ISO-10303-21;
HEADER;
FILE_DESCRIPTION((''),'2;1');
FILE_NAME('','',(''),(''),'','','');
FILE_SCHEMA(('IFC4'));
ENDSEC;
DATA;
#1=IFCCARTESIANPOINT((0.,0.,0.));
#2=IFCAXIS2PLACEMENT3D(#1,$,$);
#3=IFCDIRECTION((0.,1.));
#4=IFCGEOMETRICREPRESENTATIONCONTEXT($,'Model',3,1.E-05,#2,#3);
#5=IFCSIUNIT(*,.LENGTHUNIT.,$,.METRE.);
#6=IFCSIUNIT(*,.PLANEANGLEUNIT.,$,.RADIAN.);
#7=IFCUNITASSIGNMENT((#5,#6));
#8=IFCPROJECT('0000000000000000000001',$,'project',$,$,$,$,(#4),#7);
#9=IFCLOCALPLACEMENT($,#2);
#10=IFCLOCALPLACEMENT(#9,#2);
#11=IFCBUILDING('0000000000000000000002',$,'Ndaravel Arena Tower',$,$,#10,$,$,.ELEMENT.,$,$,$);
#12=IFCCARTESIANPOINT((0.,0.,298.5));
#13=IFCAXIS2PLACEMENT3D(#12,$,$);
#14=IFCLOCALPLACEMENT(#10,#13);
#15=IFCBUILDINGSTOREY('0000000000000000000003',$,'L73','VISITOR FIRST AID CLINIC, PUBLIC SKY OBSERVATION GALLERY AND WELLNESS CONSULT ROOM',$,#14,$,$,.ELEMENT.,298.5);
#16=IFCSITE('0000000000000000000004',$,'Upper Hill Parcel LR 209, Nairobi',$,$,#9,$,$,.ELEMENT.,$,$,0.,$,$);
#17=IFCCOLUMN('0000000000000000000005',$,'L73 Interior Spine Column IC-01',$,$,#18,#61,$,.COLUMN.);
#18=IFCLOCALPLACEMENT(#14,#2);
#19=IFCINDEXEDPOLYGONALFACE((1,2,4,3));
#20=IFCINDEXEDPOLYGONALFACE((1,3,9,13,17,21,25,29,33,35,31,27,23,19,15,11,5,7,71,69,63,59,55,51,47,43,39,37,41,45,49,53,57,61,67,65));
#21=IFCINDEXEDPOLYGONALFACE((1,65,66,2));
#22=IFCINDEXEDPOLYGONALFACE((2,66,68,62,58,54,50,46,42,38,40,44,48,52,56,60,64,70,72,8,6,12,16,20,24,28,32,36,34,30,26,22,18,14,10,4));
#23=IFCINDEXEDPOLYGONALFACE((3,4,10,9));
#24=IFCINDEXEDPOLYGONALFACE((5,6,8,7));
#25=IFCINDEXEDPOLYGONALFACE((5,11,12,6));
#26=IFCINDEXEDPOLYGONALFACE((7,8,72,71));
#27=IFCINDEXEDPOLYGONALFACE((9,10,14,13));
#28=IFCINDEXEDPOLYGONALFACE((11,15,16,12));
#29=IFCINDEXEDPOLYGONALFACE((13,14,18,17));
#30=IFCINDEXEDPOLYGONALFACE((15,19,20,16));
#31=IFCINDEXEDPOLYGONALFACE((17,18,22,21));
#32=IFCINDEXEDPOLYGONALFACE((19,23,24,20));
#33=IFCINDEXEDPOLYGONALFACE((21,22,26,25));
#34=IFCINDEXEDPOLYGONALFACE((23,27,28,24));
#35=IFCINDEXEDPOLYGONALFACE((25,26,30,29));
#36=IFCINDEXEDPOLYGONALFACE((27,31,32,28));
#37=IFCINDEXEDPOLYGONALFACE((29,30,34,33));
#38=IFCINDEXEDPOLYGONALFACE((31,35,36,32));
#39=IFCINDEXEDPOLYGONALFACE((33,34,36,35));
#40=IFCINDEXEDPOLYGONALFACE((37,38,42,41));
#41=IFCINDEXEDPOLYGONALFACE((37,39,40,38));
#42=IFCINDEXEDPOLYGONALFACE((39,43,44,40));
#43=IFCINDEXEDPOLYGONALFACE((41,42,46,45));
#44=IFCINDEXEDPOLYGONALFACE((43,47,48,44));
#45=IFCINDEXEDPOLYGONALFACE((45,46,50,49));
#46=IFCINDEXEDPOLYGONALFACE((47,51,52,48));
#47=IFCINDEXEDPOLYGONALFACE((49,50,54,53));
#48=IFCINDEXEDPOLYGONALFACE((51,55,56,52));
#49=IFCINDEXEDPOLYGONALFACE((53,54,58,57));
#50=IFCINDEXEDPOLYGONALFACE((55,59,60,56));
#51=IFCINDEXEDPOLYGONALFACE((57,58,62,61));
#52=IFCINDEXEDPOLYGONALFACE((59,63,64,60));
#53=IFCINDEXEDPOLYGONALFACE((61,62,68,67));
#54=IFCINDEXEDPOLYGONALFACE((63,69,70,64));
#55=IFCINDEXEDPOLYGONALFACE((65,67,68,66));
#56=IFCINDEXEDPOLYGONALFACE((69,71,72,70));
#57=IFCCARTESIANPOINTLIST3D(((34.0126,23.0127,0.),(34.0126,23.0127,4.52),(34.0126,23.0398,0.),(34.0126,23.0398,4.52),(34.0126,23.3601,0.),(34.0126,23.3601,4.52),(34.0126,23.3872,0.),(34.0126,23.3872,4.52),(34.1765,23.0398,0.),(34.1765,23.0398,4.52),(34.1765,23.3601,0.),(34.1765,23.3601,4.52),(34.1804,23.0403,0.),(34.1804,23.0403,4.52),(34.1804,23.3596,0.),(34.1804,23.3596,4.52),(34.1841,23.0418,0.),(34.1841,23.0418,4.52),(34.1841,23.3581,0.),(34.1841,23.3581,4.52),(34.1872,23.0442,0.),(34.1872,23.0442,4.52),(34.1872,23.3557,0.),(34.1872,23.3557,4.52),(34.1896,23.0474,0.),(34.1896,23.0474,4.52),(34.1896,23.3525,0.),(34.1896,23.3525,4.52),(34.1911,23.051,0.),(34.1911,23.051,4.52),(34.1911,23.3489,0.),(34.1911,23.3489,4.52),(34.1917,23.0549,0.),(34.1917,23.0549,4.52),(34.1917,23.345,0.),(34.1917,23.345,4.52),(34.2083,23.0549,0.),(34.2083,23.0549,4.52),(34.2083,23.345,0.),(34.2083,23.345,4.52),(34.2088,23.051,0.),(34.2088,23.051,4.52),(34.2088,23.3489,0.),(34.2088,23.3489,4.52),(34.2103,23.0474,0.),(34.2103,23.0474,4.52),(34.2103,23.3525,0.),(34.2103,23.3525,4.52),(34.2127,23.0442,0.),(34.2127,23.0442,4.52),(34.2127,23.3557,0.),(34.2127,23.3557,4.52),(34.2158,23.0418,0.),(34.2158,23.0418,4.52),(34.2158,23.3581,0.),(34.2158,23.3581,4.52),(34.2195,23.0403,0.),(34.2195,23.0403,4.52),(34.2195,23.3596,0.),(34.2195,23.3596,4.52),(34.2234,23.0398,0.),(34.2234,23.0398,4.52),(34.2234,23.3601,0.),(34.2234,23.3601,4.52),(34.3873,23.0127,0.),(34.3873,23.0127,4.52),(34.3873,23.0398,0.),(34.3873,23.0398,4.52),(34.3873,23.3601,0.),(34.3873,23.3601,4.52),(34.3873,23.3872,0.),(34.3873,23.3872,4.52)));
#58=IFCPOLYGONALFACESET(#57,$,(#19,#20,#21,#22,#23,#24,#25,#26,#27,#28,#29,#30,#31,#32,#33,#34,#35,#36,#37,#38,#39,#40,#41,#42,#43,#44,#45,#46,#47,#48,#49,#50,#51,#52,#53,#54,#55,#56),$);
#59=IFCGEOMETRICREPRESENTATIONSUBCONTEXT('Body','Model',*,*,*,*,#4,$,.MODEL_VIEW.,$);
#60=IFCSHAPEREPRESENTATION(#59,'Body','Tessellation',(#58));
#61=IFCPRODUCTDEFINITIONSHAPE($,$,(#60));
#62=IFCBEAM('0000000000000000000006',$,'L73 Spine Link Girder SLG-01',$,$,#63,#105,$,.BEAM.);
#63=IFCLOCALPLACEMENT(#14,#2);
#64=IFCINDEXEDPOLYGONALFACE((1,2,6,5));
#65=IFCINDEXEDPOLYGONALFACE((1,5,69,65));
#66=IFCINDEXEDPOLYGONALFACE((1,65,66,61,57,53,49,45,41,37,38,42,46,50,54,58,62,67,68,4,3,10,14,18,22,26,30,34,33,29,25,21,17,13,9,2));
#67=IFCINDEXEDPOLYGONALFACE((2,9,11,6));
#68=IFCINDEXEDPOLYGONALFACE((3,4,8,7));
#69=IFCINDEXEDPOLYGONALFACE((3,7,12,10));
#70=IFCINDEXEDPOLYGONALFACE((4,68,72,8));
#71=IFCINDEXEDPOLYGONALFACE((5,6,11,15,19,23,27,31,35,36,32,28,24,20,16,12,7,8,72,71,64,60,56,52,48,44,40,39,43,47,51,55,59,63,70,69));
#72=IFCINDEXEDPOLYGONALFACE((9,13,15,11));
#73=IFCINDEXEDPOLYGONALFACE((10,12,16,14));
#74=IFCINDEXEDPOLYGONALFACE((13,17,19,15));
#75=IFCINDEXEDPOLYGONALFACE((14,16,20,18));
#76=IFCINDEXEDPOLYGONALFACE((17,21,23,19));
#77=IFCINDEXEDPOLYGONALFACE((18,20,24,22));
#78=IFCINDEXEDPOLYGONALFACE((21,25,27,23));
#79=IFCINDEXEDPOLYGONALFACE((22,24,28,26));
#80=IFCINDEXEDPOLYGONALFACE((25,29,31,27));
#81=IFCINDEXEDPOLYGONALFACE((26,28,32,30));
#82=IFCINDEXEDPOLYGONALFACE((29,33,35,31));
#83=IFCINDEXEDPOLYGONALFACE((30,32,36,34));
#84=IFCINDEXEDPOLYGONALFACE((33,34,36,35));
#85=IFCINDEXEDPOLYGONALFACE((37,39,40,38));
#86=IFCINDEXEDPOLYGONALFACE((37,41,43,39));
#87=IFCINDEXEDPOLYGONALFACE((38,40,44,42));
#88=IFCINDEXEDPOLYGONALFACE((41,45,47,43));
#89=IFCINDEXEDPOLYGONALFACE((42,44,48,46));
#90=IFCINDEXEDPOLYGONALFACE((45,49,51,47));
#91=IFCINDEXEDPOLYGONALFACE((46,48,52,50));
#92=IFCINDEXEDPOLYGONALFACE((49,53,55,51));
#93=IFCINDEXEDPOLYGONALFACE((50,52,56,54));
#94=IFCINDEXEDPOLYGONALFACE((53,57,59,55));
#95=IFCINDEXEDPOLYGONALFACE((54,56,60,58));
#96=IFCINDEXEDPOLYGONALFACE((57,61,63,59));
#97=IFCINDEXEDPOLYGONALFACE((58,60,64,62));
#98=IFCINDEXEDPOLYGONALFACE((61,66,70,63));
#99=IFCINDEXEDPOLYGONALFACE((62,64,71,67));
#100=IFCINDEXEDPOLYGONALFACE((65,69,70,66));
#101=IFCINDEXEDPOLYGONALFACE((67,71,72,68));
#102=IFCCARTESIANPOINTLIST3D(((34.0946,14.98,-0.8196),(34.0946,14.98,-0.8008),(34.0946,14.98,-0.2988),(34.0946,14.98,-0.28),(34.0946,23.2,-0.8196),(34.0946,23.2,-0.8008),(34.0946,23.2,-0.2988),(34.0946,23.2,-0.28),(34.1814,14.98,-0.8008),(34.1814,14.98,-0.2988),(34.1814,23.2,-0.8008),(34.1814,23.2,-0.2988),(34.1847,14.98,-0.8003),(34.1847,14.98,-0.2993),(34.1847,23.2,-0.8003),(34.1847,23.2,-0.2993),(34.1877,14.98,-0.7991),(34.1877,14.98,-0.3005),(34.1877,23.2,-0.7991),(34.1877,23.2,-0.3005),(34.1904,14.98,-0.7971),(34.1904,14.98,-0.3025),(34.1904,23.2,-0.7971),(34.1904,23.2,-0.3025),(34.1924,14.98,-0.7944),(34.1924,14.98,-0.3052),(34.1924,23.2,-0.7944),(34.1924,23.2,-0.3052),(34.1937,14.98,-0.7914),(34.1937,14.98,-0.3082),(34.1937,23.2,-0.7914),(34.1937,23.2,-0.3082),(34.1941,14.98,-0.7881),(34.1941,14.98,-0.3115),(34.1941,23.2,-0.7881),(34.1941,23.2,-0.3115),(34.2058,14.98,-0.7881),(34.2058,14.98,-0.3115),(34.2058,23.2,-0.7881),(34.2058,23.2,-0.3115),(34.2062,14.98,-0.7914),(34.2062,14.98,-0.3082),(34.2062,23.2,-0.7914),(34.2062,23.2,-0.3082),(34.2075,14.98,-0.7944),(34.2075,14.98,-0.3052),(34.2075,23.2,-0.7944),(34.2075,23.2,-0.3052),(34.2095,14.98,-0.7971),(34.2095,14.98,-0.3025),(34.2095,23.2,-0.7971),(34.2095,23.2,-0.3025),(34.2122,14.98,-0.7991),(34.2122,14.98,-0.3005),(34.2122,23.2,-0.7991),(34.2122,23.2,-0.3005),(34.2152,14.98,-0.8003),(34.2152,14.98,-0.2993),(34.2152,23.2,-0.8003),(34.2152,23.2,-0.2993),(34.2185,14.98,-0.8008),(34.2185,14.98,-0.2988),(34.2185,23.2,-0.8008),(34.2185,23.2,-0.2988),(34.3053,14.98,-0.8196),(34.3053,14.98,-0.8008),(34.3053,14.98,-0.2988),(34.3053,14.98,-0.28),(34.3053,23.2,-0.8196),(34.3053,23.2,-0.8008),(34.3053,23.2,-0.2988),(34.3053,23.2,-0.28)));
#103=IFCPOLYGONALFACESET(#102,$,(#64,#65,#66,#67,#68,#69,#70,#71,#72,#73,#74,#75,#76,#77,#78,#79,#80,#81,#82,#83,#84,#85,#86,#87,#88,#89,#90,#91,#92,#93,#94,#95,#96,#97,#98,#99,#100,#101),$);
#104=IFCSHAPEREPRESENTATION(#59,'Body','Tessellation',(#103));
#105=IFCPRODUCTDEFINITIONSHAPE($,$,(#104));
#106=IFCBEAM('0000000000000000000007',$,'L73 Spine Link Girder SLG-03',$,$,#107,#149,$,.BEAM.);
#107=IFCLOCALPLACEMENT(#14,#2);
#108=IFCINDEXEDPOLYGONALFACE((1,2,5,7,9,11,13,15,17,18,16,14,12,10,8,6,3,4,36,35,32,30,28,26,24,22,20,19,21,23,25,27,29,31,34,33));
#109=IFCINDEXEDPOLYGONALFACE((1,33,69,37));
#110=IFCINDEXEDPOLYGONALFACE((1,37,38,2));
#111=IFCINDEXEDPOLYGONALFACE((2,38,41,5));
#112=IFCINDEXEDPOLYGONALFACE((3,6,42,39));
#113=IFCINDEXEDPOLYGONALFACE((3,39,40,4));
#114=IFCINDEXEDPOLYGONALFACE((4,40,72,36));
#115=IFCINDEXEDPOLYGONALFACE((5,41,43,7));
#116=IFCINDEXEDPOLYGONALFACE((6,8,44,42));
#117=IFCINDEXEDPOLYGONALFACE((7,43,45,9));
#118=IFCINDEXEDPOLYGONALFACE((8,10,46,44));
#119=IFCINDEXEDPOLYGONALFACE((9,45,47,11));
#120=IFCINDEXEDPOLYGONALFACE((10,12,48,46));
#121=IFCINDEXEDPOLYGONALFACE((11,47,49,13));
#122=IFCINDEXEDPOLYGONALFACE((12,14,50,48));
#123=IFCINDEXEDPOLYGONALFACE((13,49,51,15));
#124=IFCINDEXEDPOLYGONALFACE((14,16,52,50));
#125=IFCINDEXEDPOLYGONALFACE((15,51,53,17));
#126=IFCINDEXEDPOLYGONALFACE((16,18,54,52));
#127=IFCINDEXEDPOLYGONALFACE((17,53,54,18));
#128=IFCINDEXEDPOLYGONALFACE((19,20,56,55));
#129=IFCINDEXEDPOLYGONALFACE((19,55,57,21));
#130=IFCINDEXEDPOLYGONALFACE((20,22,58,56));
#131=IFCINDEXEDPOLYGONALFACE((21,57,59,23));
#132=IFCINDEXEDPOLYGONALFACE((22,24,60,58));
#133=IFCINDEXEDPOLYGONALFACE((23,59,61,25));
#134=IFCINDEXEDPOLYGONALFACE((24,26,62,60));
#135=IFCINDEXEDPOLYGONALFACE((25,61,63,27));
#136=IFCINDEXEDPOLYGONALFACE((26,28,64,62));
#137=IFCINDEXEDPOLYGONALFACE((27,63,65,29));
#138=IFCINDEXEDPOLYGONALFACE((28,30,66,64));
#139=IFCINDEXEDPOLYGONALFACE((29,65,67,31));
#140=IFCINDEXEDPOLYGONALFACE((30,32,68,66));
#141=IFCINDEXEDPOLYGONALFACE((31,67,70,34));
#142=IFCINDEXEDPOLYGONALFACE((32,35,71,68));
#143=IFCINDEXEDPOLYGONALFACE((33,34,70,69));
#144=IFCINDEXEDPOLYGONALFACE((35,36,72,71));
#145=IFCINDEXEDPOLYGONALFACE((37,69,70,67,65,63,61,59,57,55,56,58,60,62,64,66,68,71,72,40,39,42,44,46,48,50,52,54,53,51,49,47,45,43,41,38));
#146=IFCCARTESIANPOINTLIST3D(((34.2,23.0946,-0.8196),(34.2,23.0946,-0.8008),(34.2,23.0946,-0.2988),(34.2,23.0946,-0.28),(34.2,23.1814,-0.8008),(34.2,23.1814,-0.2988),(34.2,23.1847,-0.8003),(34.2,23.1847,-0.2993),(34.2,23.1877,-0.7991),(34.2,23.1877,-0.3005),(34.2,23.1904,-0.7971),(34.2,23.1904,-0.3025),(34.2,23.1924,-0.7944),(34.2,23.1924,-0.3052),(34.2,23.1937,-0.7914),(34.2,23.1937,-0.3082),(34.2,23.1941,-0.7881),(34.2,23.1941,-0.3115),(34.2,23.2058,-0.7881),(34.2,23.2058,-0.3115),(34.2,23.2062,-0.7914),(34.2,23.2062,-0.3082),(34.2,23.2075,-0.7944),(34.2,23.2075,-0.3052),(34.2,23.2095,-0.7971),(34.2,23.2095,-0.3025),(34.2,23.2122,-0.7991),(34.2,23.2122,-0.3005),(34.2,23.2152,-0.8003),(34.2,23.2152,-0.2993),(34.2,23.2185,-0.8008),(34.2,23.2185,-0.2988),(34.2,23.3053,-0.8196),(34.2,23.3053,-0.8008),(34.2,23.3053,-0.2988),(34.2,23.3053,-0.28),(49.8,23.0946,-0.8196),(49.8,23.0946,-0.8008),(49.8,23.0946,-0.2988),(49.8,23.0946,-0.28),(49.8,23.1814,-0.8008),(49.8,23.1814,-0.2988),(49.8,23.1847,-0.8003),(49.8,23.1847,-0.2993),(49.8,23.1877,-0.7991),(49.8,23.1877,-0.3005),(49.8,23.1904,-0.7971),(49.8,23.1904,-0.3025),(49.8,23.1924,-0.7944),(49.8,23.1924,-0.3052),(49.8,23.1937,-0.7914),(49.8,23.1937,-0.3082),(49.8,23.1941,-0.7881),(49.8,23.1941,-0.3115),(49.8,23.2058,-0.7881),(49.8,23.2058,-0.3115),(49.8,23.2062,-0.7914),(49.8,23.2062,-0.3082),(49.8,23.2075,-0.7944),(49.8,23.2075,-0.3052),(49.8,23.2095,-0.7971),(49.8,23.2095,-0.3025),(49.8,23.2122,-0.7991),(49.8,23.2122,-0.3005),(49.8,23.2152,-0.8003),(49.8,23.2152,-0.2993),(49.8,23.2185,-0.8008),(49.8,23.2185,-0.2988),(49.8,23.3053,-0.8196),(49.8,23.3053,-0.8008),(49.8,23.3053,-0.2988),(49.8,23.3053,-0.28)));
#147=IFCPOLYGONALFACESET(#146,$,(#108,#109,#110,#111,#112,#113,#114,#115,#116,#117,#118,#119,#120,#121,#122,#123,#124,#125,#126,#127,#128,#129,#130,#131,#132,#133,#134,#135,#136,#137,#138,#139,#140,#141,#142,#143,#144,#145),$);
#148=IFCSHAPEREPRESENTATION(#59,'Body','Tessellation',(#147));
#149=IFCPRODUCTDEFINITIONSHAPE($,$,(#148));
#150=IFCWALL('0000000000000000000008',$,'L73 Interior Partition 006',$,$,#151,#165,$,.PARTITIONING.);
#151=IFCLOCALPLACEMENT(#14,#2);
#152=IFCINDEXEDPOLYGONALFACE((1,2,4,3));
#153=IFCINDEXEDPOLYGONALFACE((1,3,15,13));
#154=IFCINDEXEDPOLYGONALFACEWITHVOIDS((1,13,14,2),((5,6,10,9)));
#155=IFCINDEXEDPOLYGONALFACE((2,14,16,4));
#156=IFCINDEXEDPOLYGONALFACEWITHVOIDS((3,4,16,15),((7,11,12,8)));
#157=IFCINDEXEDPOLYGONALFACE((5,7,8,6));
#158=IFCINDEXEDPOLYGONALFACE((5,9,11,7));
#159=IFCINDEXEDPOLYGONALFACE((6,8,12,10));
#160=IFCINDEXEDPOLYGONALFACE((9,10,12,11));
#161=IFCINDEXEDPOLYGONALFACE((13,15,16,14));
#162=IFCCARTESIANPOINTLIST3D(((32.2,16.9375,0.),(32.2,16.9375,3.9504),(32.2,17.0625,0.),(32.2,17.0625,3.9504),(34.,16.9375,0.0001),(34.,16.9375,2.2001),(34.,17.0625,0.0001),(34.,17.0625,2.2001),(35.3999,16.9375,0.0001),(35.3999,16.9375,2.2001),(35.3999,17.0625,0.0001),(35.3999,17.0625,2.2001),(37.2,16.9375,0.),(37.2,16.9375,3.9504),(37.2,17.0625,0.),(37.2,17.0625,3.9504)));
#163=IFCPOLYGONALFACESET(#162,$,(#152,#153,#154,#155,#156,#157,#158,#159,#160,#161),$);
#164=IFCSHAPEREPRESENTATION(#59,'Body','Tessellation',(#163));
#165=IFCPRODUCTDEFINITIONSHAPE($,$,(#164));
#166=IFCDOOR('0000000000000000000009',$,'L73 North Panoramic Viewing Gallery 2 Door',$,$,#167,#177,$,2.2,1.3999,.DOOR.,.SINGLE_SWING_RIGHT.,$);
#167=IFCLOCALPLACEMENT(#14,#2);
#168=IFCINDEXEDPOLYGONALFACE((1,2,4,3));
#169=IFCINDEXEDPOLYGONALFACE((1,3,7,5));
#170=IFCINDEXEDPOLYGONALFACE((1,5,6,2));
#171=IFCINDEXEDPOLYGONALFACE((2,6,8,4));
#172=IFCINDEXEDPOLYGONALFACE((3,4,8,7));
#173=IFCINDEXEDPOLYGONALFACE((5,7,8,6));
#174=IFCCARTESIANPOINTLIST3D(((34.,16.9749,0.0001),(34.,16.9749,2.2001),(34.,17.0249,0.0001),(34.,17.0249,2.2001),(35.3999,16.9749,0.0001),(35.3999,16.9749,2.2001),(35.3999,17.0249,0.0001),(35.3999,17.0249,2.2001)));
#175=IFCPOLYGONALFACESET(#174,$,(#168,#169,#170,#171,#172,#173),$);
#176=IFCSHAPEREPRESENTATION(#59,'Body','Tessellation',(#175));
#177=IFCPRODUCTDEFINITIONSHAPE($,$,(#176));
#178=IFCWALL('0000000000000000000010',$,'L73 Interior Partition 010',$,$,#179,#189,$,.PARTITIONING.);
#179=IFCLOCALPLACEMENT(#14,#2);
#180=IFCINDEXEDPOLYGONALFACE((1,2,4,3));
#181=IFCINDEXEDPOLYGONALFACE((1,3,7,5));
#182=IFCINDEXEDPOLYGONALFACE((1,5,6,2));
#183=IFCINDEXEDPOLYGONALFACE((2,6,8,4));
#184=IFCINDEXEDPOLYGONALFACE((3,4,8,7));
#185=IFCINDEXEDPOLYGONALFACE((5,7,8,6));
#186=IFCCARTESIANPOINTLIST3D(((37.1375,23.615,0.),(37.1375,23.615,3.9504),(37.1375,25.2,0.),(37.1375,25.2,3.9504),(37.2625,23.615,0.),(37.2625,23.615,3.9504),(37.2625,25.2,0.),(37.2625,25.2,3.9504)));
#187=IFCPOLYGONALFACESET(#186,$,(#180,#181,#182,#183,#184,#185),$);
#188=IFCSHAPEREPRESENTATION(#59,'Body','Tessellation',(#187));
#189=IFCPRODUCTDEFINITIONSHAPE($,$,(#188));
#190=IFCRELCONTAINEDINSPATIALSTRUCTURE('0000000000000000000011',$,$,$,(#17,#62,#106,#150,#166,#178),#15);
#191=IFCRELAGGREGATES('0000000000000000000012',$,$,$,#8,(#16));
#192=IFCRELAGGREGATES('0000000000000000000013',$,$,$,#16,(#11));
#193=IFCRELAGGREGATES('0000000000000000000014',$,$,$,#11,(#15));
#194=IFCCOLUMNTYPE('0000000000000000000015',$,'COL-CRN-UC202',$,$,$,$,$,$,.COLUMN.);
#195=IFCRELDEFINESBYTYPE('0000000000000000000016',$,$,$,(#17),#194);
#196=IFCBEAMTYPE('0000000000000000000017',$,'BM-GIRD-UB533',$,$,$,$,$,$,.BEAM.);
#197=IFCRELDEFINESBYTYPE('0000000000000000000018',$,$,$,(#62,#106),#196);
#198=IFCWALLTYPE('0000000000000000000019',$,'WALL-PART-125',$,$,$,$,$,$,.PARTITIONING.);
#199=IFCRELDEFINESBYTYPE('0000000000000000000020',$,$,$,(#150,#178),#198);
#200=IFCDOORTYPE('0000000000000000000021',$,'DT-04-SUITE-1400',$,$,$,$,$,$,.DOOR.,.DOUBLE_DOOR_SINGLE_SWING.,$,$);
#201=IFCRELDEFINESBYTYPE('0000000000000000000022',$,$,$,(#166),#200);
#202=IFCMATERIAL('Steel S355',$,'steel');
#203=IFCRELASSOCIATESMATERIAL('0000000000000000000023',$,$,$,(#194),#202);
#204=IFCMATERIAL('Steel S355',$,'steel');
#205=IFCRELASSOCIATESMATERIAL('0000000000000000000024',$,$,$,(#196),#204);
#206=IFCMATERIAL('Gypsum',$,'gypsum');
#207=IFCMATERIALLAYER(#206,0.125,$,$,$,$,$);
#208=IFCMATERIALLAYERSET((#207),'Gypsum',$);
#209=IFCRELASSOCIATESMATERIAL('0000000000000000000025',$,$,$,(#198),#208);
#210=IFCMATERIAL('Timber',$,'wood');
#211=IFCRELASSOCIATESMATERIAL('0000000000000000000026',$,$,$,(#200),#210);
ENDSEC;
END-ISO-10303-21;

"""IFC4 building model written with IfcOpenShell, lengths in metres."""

from ifc_helpers import new_model, si_unit, direction, frame, frame_2d, origin, origin_2d, place, context, subcontext, project, spatial, rectangle, i_section, extrude, material, layer, layer_set, material_profile, profile_set, type_object, element, fill, save


model = new_model("IFC4")

# Units and contexts
model_context = context("Model", 3, precision=1e-05, world=origin(), true_north=direction((0.0, 1.0)))
body_context = subcontext(model_context, "Body", "Model", "MODEL_VIEW")
ifc_project = project(units=[si_unit("LENGTHUNIT", "METRE"), si_unit("PLANEANGLEUNIT", "RADIAN")], contexts=[model_context])

# Site, building, storey
site_placement = place(None, origin())
site = spatial("IfcSite", under=ifc_project, at=site_placement, Name="Upper Hill Parcel LR 209, Nairobi", CompositionType="ELEMENT", RefElevation=0.0)
building_placement = place(site_placement, origin())
building = spatial("IfcBuilding", under=site, at=building_placement, Name="Ndaravel Arena Tower", CompositionType="ELEMENT")
storey_placement = place(building_placement, frame((0.0, 0.0, 298.5)))
storey = spatial("IfcBuildingStorey", under=building, at=storey_placement, Name="L73", Description="VISITOR FIRST AID CLINIC, PUBLIC SKY OBSERVATION GALLERY AND WELLNESS CONSULT ROOM", CompositionType="ELEMENT", Elevation=298.5)

# Column
ifc_material_1 = material(Name="Steel S355", Category="steel")
ifc_material_profile_1 = material_profile(ifc_material_1, i_section(OverallWidth=0.3748, OverallDepth=0.3745, WebThickness=0.0166, FlangeThickness=0.0271, FilletRadius=0.0151, at=origin_2d()), Name="UC 356x368x202")
ifc_profile_set_1 = profile_set([ifc_material_profile_1], Name="Steel S355")
column_type = type_object("IfcColumnType", Name="COL-CRN-UC202", PredefinedType="COLUMN", material=ifc_profile_set_1)
column_placement = place(storey_placement, frame((34.2, 23.2, 0.0), z_axis=(0.0, 0.0, 1.0), x_axis=(1.0, 0.0, 0.0)))
element("IfcColumn", 1, at=column_placement, inside=storey, type_object=column_type, Name="L73 Interior Spine Column IC-01", PredefinedType="COLUMN", context=body_context, shape_type="SweptSolid", body=[
    extrude(i_section(OverallWidth=0.3748, OverallDepth=0.3745, WebThickness=0.0166, FlangeThickness=0.0271, FilletRadius=0.0151, at=origin_2d()), origin(), (0.0, 0.0, 1.0), 4.52),
])

# Beams
ifc_material_2 = material(Name="Steel S355", Category="steel")
ifc_material_profile_2 = material_profile(ifc_material_2, i_section(OverallWidth=0.2107, OverallDepth=0.5396, WebThickness=0.0117, FlangeThickness=0.0188, FilletRadius=0.0127, at=origin_2d()), Name="UB 533x210x109")
ifc_profile_set_2 = profile_set([ifc_material_profile_2], Name="Steel S355")
beam_type = type_object("IfcBeamType", Name="BM-GIRD-UB533", PredefinedType="BEAM", material=ifc_profile_set_2)
beam_1_placement = place(storey_placement, frame((34.2, 14.98, -0.5498), z_axis=(0.0, 1.0, 0.0), x_axis=(-1.0, 0.0, 0.0)))
element("IfcBeam", 2, at=beam_1_placement, inside=storey, type_object=beam_type, Name="L73 Spine Link Girder SLG-01", PredefinedType="BEAM", context=body_context, shape_type="SweptSolid", body=[
    extrude(i_section(OverallWidth=0.2107, OverallDepth=0.5396, WebThickness=0.0117, FlangeThickness=0.0188, FilletRadius=0.0127, at=origin_2d()), origin(), (0.0, 0.0, 1.0), 8.22),
])
beam_2_placement = place(storey_placement, frame((34.2, 23.2, -0.5498), z_axis=(1.0, 0.0, 0.0), x_axis=(0.0, 1.0, 0.0)))
element("IfcBeam", 3, at=beam_2_placement, inside=storey, type_object=beam_type, Name="L73 Spine Link Girder SLG-03", PredefinedType="BEAM", context=body_context, shape_type="SweptSolid", body=[
    extrude(i_section(OverallWidth=0.2107, OverallDepth=0.5396, WebThickness=0.0117, FlangeThickness=0.0188, FilletRadius=0.0127, at=origin_2d()), origin(), (0.0, 0.0, 1.0), 15.6001),
])

# Wall, opening, door
ifc_material_3 = material(Name="Gypsum", Category="gypsum")
ifc_layer_1 = layer(ifc_material_3, 0.125)
ifc_layer_set_1 = layer_set([ifc_layer_1], Name="Gypsum")
wall_type_1 = type_object("IfcWallType", Name="WALL-PART-125", PredefinedType="PARTITIONING", material=ifc_layer_set_1)
wall_1_placement = place(storey_placement, frame((32.2, 17.0, 0.0), z_axis=(0.0, 0.0, 1.0), x_axis=(1.0, 0.0, 0.0)))
wall_1 = element("IfcWall", 4, at=wall_1_placement, inside=storey, type_object=wall_type_1, Name="L73 Interior Partition 006", PredefinedType="PARTITIONING", context=body_context, shape_type="SweptSolid", body=[
    extrude(rectangle(XDim=5.0, YDim=0.125, at=frame_2d((2.5, 0.0))), origin(), (0.0, 0.0, 1.0), 3.9504),
])
opening_1_placement = place(wall_1_placement, frame((1.8, 0.0, 0.0)))
opening_1 = element("IfcOpeningElement", 5, at=opening_1_placement, cuts=wall_1, PredefinedType="OPENING", context=body_context, shape_type="SweptSolid", body=[
    extrude(rectangle(XDim=1.3999, YDim=2.2, at=frame_2d((0.7, 1.1001))), frame((0.0, 0.0625, 0.0), z_axis=(0.0, -1.0, 0.0), x_axis=(1.0, 0.0, 0.0)), (0.0, 0.0, 1.0), 0.125),
])
ifc_material_4 = material(Name="Timber", Category="wood")
door_type_1 = type_object("IfcDoorType", Name="DT-04-SUITE-1400", OperationType="DOUBLE_DOOR_SINGLE_SWING", PredefinedType="DOOR", material=ifc_material_4)
door_1_placement = place(opening_1_placement, origin())
door_1 = element("IfcDoor", 6, at=door_1_placement, inside=storey, type_object=door_type_1, Name="L73 North Panoramic Viewing Gallery 2 Door", OperationType="SINGLE_SWING_RIGHT", OverallHeight=2.2, OverallWidth=1.3999, PredefinedType="DOOR", context=body_context, shape_type="SweptSolid", body=[
    extrude(rectangle(XDim=1.3999, YDim=2.2, at=frame_2d((0.7, 1.1001))), frame((0.0, 0.0249, 0.0), z_axis=(0.0, -1.0, 0.0), x_axis=(1.0, 0.0, 0.0)), (0.0, 0.0, 1.0), 0.05),
])
fill(opening_1, door_1)

# Wall
wall_2_placement = place(storey_placement, frame((37.2, 23.615, 0.0), z_axis=(0.0, 0.0, 1.0), x_axis=(0.0, 1.0, 0.0)))
element("IfcWall", 7, at=wall_2_placement, inside=storey, type_object=wall_type_1, Name="L73 Interior Partition 010", PredefinedType="PARTITIONING", context=body_context, shape_type="SweptSolid", body=[
    extrude(rectangle(XDim=1.585, YDim=0.125, at=frame_2d((0.7925, 0.0))), origin(), (0.0, 0.0, 1.0), 3.9504),
])

save(model, "model.ifc")
